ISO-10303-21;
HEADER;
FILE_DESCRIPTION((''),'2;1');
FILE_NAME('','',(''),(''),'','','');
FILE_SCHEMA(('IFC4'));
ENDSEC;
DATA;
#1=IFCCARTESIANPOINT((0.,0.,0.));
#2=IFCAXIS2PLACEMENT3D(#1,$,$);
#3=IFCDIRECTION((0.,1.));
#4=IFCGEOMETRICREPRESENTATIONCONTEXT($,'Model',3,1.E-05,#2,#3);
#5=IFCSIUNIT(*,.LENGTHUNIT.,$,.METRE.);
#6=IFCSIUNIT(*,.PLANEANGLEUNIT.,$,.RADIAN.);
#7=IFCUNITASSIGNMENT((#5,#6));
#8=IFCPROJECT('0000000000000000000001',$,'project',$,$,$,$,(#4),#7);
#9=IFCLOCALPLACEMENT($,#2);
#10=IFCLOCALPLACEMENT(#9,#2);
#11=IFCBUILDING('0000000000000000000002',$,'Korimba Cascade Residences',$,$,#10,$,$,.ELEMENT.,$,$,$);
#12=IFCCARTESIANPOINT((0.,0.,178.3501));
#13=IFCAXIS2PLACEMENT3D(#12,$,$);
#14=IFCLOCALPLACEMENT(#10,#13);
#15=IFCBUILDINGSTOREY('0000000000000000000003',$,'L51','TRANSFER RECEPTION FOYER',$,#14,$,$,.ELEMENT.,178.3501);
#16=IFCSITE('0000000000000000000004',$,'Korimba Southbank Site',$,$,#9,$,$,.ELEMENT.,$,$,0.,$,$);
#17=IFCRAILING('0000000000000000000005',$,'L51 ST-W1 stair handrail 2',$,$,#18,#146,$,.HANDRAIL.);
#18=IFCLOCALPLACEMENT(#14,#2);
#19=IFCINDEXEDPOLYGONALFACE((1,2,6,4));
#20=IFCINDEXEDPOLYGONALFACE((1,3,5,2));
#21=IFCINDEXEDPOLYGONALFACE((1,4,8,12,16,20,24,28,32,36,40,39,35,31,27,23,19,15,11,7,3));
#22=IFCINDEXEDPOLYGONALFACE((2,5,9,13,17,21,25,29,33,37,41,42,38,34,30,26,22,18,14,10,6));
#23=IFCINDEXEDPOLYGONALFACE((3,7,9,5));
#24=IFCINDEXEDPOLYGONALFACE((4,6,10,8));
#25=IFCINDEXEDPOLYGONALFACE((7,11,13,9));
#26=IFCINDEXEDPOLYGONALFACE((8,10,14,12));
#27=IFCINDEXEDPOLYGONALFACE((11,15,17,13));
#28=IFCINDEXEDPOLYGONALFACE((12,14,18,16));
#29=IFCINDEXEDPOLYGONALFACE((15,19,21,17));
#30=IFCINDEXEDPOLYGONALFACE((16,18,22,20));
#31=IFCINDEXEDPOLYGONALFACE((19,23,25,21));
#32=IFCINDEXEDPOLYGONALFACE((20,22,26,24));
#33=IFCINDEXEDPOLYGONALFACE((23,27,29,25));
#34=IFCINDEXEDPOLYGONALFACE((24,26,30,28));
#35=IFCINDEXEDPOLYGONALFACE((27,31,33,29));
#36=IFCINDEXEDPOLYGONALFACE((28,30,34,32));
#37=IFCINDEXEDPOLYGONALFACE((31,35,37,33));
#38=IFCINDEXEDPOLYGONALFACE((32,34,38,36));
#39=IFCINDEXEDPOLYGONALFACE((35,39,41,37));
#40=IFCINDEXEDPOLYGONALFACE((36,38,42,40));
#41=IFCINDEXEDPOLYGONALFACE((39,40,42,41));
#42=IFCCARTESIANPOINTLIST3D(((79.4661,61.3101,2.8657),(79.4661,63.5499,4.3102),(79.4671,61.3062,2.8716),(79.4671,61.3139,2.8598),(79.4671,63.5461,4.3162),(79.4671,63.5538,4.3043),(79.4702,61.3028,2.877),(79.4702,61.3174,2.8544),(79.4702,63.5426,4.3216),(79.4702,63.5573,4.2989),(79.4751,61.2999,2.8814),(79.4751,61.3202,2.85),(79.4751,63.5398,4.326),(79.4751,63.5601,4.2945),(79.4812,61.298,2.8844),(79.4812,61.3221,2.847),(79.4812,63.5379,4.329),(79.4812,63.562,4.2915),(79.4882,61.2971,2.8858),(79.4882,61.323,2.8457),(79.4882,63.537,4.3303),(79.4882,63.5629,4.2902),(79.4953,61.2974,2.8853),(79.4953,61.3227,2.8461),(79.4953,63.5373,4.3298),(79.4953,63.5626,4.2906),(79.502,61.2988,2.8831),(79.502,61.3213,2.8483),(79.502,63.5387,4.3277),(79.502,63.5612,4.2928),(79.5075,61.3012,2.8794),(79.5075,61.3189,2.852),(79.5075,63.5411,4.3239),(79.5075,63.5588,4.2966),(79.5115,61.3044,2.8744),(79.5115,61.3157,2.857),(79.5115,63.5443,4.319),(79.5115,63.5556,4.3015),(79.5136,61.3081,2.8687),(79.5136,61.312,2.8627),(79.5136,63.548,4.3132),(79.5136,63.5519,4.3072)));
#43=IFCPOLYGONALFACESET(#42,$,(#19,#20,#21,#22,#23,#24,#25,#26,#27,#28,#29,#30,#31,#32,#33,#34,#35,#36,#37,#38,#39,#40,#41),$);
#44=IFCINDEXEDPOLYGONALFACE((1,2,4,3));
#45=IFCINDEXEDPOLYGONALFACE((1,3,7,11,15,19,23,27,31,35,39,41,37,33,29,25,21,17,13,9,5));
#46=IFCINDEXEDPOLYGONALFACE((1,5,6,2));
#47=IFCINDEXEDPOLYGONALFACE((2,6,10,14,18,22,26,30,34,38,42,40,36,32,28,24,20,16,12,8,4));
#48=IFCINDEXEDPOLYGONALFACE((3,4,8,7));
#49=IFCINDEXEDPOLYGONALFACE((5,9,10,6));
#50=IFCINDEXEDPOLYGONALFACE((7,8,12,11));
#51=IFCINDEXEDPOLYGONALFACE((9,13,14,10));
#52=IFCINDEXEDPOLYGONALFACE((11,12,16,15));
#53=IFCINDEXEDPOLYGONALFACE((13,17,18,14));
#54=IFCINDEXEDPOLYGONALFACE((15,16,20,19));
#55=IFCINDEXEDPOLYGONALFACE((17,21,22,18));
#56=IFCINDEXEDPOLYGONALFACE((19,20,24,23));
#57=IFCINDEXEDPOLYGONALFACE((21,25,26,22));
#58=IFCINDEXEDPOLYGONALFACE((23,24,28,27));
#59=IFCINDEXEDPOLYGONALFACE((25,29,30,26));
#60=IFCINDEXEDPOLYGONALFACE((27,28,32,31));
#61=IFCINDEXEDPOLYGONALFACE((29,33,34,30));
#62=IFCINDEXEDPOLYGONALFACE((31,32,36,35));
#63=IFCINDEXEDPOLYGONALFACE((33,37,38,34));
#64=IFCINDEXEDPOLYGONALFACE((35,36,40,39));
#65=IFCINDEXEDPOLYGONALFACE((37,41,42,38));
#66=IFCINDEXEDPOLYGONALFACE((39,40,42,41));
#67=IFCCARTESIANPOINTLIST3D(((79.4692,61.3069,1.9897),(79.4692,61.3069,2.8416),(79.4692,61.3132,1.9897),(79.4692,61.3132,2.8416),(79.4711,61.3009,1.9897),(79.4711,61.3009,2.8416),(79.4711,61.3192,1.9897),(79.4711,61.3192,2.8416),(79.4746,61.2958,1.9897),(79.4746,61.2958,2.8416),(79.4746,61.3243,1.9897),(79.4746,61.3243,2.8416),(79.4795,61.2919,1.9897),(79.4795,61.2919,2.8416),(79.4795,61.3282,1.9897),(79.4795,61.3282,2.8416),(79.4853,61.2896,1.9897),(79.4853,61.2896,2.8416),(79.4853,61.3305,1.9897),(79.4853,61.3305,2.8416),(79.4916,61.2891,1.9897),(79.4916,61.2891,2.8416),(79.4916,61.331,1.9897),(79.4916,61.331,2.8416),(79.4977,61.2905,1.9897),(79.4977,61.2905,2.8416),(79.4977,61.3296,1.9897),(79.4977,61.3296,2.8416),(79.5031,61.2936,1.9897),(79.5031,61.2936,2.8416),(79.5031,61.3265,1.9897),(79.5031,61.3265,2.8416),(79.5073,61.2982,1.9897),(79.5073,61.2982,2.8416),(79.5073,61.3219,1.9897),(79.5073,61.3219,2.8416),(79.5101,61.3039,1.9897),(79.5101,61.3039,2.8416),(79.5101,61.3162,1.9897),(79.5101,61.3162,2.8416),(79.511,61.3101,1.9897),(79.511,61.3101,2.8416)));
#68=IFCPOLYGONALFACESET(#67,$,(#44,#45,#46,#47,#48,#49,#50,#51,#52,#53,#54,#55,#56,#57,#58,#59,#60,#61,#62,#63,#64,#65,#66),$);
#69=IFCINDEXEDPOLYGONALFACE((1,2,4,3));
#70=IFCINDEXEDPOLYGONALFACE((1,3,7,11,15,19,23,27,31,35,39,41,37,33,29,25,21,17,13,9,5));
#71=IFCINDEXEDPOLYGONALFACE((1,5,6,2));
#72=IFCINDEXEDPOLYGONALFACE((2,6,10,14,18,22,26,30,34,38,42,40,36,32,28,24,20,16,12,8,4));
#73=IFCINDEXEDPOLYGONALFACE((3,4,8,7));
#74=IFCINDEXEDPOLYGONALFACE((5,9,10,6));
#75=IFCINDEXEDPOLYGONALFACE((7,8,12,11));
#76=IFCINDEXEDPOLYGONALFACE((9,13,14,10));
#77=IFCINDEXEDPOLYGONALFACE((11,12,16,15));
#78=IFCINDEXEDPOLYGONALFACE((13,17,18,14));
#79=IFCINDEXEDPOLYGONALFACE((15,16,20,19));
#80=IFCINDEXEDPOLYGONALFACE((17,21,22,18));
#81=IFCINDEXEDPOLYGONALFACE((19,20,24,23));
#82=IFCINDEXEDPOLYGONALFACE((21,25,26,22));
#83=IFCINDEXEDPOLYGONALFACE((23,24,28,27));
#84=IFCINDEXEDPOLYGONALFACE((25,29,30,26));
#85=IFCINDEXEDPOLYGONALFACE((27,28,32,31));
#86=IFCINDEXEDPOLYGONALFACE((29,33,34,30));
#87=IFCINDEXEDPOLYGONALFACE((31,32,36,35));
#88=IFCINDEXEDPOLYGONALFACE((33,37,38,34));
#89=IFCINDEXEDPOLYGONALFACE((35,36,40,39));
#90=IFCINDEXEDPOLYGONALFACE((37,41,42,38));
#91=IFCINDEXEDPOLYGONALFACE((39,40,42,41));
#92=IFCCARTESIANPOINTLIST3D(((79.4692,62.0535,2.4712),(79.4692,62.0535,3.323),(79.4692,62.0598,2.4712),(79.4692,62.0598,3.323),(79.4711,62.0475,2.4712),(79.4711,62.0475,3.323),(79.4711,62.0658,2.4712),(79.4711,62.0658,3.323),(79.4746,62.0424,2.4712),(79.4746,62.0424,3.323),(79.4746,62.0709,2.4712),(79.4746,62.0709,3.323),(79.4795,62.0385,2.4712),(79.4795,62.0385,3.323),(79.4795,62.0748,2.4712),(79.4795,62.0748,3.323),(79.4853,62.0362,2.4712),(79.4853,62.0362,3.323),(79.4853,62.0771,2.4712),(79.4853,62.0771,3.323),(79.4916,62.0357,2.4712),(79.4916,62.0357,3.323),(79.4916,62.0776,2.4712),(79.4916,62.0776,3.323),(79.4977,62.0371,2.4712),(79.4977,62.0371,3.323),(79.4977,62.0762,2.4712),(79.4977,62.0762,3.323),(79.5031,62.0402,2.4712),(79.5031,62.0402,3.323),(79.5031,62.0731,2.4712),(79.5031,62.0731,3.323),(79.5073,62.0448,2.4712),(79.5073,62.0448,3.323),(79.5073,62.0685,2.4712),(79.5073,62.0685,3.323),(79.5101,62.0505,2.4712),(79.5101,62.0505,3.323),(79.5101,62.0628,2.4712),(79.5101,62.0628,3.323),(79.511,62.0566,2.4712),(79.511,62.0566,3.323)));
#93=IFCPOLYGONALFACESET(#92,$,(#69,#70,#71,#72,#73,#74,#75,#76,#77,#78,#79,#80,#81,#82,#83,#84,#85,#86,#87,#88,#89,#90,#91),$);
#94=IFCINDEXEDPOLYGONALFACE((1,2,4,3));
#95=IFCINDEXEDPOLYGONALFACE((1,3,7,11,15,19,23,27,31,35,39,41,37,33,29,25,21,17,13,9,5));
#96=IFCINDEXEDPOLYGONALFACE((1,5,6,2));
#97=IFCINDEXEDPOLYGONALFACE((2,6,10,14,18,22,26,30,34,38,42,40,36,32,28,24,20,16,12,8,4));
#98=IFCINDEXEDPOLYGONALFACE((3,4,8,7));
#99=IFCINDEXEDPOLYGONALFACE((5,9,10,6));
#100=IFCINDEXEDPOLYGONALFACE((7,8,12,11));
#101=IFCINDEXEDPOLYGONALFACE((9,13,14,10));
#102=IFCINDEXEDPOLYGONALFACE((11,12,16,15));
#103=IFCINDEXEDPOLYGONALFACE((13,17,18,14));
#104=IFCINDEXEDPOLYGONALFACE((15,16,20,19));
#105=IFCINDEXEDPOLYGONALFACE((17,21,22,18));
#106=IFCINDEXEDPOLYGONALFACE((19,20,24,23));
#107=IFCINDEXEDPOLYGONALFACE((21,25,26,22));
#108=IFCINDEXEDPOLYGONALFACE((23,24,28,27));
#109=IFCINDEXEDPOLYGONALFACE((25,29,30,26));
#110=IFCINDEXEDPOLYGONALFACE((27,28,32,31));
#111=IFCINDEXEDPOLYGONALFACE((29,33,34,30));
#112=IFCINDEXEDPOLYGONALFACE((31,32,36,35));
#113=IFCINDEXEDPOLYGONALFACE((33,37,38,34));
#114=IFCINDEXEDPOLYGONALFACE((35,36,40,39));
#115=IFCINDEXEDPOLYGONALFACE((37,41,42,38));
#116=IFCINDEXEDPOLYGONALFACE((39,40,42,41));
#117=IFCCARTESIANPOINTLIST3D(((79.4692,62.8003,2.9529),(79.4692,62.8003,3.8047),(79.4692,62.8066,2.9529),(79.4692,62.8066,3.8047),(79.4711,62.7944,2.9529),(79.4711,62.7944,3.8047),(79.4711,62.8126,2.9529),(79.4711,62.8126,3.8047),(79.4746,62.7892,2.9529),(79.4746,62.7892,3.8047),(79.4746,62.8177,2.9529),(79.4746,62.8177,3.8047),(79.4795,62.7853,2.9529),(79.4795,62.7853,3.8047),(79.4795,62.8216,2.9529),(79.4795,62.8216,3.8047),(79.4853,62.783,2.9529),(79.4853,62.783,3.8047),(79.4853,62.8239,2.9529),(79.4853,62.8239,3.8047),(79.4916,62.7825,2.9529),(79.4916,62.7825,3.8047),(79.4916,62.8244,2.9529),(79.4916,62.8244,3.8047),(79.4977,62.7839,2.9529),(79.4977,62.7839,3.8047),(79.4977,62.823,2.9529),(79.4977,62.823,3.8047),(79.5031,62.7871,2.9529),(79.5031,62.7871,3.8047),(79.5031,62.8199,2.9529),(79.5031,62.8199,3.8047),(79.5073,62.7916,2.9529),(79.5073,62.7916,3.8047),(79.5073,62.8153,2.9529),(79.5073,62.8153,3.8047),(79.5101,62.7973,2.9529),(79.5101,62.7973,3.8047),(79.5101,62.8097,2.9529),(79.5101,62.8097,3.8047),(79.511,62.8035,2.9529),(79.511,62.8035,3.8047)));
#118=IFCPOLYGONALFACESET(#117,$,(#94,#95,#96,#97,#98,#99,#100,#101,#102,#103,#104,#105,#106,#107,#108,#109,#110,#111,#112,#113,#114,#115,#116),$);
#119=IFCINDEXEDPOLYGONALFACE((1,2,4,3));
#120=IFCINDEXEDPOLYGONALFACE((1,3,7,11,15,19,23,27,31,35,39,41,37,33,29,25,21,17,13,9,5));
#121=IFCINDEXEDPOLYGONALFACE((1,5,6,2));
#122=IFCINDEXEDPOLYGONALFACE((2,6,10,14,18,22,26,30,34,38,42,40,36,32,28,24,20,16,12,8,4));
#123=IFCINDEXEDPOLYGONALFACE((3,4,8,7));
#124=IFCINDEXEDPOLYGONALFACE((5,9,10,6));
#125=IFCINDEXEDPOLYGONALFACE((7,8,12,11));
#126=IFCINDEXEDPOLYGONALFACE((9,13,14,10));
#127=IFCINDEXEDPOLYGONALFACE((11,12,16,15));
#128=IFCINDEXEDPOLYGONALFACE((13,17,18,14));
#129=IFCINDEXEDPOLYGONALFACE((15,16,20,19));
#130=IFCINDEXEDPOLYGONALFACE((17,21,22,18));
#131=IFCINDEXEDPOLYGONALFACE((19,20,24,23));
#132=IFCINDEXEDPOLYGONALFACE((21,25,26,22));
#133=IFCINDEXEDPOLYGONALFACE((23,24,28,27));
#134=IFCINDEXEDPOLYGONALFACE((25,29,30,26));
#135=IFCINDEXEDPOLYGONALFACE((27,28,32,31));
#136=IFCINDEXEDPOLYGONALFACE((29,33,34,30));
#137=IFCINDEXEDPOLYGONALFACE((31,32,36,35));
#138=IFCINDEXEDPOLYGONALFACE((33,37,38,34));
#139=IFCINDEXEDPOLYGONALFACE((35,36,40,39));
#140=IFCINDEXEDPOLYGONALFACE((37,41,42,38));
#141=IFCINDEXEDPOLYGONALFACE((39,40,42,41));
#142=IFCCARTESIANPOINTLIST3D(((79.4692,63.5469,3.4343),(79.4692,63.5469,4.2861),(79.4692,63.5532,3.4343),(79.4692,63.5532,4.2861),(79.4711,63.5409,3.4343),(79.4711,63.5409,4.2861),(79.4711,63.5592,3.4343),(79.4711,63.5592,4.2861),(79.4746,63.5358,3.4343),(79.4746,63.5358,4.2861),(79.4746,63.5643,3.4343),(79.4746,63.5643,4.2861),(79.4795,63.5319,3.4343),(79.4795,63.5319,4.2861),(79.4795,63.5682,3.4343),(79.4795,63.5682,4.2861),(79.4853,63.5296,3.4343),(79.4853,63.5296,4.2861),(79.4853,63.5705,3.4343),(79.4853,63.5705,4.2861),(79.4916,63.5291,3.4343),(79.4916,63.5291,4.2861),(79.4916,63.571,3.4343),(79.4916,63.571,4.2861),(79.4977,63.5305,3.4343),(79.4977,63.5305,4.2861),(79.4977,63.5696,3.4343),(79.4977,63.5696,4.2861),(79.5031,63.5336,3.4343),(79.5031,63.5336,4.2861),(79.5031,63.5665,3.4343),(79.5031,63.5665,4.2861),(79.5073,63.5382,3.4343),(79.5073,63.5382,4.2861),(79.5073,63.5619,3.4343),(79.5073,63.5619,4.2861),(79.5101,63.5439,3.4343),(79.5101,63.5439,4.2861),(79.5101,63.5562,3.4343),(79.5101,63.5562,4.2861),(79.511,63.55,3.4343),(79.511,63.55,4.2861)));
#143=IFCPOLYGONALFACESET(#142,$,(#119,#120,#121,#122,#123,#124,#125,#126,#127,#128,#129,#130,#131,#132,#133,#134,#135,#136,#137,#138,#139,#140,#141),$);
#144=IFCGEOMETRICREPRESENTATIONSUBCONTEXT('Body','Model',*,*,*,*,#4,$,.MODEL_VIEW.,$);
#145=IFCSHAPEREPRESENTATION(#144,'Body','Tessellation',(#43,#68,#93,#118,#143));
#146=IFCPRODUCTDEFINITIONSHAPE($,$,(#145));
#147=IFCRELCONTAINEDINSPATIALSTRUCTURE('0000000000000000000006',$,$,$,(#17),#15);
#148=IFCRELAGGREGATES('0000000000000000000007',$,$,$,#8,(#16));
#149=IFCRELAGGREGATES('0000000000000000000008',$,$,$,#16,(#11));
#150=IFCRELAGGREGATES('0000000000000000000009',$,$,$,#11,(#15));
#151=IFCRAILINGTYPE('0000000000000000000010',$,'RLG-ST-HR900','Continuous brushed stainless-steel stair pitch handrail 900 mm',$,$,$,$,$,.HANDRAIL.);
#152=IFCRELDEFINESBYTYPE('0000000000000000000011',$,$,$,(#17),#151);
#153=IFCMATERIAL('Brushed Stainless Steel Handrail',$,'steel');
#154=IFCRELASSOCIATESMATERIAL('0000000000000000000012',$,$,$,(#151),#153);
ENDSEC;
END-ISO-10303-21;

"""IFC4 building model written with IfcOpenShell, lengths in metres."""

from ifc_helpers import new_model, si_unit, direction, frame, origin, origin_2d, place, context, subcontext, project, spatial, circle, extrude, material, type_object, element, save


model = new_model("IFC4")

# Units and contexts
model_context = context("Model", 3, precision=1e-05, world=origin(), true_north=direction((0.0, 1.0)))
body_context = subcontext(model_context, "Body", "Model", "MODEL_VIEW")
ifc_project = project(units=[si_unit("LENGTHUNIT", "METRE"), si_unit("PLANEANGLEUNIT", "RADIAN")], contexts=[model_context])

# Site, building, storey
site_placement = place(None, origin())
site = spatial("IfcSite", under=ifc_project, at=site_placement, Name="Korimba Southbank Site", CompositionType="ELEMENT", RefElevation=0.0)
building_placement = place(site_placement, origin())
building = spatial("IfcBuilding", under=site, at=building_placement, Name="Korimba Cascade Residences", CompositionType="ELEMENT")
storey_placement = place(building_placement, frame((0.0, 0.0, 178.3501)))
storey = spatial("IfcBuildingStorey", under=building, at=storey_placement, Name="L51", Description="TRANSFER RECEPTION FOYER", CompositionType="ELEMENT", Elevation=178.3501)

# Railing
ifc_material_1 = material(Name="Brushed Stainless Steel Handrail", Category="steel")
railing_type_1 = type_object("IfcRailingType", Name="RLG-ST-HR900", Description="Continuous brushed stainless-steel stair pitch handrail 900 mm", PredefinedType="HANDRAIL", material=ifc_material_1)
railing_1_placement = place(storey_placement, frame((79.49, 61.3101, 1.9897)))
element("IfcRailing", 1, at=railing_1_placement, inside=storey, type_object=railing_type_1, Name="L51 ST-W1 stair handrail 2", PredefinedType="HANDRAIL", context=body_context, shape_type="SweptSolid", body=[
    extrude(circle(Radius=0.0239, at=origin_2d()), frame((0.0, 0.0, 0.876), z_axis=(0.0, 0.840395, 0.541975), x_axis=(-1.0, 0.0, 0.0)), (0.0, 0.0, 1.0), 2.6653),
    extrude(circle(Radius=0.021, at=origin_2d()), origin(), (0.0, 0.0, 1.0), 0.8518),
    extrude(circle(Radius=0.021, at=origin_2d()), frame((0.0, 0.7466, 0.4814)), (0.0, 0.0, 1.0), 0.8518),
    extrude(circle(Radius=0.021, at=origin_2d()), frame((0.0, 1.4934, 0.9631)), (0.0, 0.0, 1.0), 0.8518),
    extrude(circle(Radius=0.021, at=origin_2d()), frame((0.0, 2.24, 1.4446)), (0.0, 0.0, 1.0), 0.8518),
])

save(model, "model.ifc")
